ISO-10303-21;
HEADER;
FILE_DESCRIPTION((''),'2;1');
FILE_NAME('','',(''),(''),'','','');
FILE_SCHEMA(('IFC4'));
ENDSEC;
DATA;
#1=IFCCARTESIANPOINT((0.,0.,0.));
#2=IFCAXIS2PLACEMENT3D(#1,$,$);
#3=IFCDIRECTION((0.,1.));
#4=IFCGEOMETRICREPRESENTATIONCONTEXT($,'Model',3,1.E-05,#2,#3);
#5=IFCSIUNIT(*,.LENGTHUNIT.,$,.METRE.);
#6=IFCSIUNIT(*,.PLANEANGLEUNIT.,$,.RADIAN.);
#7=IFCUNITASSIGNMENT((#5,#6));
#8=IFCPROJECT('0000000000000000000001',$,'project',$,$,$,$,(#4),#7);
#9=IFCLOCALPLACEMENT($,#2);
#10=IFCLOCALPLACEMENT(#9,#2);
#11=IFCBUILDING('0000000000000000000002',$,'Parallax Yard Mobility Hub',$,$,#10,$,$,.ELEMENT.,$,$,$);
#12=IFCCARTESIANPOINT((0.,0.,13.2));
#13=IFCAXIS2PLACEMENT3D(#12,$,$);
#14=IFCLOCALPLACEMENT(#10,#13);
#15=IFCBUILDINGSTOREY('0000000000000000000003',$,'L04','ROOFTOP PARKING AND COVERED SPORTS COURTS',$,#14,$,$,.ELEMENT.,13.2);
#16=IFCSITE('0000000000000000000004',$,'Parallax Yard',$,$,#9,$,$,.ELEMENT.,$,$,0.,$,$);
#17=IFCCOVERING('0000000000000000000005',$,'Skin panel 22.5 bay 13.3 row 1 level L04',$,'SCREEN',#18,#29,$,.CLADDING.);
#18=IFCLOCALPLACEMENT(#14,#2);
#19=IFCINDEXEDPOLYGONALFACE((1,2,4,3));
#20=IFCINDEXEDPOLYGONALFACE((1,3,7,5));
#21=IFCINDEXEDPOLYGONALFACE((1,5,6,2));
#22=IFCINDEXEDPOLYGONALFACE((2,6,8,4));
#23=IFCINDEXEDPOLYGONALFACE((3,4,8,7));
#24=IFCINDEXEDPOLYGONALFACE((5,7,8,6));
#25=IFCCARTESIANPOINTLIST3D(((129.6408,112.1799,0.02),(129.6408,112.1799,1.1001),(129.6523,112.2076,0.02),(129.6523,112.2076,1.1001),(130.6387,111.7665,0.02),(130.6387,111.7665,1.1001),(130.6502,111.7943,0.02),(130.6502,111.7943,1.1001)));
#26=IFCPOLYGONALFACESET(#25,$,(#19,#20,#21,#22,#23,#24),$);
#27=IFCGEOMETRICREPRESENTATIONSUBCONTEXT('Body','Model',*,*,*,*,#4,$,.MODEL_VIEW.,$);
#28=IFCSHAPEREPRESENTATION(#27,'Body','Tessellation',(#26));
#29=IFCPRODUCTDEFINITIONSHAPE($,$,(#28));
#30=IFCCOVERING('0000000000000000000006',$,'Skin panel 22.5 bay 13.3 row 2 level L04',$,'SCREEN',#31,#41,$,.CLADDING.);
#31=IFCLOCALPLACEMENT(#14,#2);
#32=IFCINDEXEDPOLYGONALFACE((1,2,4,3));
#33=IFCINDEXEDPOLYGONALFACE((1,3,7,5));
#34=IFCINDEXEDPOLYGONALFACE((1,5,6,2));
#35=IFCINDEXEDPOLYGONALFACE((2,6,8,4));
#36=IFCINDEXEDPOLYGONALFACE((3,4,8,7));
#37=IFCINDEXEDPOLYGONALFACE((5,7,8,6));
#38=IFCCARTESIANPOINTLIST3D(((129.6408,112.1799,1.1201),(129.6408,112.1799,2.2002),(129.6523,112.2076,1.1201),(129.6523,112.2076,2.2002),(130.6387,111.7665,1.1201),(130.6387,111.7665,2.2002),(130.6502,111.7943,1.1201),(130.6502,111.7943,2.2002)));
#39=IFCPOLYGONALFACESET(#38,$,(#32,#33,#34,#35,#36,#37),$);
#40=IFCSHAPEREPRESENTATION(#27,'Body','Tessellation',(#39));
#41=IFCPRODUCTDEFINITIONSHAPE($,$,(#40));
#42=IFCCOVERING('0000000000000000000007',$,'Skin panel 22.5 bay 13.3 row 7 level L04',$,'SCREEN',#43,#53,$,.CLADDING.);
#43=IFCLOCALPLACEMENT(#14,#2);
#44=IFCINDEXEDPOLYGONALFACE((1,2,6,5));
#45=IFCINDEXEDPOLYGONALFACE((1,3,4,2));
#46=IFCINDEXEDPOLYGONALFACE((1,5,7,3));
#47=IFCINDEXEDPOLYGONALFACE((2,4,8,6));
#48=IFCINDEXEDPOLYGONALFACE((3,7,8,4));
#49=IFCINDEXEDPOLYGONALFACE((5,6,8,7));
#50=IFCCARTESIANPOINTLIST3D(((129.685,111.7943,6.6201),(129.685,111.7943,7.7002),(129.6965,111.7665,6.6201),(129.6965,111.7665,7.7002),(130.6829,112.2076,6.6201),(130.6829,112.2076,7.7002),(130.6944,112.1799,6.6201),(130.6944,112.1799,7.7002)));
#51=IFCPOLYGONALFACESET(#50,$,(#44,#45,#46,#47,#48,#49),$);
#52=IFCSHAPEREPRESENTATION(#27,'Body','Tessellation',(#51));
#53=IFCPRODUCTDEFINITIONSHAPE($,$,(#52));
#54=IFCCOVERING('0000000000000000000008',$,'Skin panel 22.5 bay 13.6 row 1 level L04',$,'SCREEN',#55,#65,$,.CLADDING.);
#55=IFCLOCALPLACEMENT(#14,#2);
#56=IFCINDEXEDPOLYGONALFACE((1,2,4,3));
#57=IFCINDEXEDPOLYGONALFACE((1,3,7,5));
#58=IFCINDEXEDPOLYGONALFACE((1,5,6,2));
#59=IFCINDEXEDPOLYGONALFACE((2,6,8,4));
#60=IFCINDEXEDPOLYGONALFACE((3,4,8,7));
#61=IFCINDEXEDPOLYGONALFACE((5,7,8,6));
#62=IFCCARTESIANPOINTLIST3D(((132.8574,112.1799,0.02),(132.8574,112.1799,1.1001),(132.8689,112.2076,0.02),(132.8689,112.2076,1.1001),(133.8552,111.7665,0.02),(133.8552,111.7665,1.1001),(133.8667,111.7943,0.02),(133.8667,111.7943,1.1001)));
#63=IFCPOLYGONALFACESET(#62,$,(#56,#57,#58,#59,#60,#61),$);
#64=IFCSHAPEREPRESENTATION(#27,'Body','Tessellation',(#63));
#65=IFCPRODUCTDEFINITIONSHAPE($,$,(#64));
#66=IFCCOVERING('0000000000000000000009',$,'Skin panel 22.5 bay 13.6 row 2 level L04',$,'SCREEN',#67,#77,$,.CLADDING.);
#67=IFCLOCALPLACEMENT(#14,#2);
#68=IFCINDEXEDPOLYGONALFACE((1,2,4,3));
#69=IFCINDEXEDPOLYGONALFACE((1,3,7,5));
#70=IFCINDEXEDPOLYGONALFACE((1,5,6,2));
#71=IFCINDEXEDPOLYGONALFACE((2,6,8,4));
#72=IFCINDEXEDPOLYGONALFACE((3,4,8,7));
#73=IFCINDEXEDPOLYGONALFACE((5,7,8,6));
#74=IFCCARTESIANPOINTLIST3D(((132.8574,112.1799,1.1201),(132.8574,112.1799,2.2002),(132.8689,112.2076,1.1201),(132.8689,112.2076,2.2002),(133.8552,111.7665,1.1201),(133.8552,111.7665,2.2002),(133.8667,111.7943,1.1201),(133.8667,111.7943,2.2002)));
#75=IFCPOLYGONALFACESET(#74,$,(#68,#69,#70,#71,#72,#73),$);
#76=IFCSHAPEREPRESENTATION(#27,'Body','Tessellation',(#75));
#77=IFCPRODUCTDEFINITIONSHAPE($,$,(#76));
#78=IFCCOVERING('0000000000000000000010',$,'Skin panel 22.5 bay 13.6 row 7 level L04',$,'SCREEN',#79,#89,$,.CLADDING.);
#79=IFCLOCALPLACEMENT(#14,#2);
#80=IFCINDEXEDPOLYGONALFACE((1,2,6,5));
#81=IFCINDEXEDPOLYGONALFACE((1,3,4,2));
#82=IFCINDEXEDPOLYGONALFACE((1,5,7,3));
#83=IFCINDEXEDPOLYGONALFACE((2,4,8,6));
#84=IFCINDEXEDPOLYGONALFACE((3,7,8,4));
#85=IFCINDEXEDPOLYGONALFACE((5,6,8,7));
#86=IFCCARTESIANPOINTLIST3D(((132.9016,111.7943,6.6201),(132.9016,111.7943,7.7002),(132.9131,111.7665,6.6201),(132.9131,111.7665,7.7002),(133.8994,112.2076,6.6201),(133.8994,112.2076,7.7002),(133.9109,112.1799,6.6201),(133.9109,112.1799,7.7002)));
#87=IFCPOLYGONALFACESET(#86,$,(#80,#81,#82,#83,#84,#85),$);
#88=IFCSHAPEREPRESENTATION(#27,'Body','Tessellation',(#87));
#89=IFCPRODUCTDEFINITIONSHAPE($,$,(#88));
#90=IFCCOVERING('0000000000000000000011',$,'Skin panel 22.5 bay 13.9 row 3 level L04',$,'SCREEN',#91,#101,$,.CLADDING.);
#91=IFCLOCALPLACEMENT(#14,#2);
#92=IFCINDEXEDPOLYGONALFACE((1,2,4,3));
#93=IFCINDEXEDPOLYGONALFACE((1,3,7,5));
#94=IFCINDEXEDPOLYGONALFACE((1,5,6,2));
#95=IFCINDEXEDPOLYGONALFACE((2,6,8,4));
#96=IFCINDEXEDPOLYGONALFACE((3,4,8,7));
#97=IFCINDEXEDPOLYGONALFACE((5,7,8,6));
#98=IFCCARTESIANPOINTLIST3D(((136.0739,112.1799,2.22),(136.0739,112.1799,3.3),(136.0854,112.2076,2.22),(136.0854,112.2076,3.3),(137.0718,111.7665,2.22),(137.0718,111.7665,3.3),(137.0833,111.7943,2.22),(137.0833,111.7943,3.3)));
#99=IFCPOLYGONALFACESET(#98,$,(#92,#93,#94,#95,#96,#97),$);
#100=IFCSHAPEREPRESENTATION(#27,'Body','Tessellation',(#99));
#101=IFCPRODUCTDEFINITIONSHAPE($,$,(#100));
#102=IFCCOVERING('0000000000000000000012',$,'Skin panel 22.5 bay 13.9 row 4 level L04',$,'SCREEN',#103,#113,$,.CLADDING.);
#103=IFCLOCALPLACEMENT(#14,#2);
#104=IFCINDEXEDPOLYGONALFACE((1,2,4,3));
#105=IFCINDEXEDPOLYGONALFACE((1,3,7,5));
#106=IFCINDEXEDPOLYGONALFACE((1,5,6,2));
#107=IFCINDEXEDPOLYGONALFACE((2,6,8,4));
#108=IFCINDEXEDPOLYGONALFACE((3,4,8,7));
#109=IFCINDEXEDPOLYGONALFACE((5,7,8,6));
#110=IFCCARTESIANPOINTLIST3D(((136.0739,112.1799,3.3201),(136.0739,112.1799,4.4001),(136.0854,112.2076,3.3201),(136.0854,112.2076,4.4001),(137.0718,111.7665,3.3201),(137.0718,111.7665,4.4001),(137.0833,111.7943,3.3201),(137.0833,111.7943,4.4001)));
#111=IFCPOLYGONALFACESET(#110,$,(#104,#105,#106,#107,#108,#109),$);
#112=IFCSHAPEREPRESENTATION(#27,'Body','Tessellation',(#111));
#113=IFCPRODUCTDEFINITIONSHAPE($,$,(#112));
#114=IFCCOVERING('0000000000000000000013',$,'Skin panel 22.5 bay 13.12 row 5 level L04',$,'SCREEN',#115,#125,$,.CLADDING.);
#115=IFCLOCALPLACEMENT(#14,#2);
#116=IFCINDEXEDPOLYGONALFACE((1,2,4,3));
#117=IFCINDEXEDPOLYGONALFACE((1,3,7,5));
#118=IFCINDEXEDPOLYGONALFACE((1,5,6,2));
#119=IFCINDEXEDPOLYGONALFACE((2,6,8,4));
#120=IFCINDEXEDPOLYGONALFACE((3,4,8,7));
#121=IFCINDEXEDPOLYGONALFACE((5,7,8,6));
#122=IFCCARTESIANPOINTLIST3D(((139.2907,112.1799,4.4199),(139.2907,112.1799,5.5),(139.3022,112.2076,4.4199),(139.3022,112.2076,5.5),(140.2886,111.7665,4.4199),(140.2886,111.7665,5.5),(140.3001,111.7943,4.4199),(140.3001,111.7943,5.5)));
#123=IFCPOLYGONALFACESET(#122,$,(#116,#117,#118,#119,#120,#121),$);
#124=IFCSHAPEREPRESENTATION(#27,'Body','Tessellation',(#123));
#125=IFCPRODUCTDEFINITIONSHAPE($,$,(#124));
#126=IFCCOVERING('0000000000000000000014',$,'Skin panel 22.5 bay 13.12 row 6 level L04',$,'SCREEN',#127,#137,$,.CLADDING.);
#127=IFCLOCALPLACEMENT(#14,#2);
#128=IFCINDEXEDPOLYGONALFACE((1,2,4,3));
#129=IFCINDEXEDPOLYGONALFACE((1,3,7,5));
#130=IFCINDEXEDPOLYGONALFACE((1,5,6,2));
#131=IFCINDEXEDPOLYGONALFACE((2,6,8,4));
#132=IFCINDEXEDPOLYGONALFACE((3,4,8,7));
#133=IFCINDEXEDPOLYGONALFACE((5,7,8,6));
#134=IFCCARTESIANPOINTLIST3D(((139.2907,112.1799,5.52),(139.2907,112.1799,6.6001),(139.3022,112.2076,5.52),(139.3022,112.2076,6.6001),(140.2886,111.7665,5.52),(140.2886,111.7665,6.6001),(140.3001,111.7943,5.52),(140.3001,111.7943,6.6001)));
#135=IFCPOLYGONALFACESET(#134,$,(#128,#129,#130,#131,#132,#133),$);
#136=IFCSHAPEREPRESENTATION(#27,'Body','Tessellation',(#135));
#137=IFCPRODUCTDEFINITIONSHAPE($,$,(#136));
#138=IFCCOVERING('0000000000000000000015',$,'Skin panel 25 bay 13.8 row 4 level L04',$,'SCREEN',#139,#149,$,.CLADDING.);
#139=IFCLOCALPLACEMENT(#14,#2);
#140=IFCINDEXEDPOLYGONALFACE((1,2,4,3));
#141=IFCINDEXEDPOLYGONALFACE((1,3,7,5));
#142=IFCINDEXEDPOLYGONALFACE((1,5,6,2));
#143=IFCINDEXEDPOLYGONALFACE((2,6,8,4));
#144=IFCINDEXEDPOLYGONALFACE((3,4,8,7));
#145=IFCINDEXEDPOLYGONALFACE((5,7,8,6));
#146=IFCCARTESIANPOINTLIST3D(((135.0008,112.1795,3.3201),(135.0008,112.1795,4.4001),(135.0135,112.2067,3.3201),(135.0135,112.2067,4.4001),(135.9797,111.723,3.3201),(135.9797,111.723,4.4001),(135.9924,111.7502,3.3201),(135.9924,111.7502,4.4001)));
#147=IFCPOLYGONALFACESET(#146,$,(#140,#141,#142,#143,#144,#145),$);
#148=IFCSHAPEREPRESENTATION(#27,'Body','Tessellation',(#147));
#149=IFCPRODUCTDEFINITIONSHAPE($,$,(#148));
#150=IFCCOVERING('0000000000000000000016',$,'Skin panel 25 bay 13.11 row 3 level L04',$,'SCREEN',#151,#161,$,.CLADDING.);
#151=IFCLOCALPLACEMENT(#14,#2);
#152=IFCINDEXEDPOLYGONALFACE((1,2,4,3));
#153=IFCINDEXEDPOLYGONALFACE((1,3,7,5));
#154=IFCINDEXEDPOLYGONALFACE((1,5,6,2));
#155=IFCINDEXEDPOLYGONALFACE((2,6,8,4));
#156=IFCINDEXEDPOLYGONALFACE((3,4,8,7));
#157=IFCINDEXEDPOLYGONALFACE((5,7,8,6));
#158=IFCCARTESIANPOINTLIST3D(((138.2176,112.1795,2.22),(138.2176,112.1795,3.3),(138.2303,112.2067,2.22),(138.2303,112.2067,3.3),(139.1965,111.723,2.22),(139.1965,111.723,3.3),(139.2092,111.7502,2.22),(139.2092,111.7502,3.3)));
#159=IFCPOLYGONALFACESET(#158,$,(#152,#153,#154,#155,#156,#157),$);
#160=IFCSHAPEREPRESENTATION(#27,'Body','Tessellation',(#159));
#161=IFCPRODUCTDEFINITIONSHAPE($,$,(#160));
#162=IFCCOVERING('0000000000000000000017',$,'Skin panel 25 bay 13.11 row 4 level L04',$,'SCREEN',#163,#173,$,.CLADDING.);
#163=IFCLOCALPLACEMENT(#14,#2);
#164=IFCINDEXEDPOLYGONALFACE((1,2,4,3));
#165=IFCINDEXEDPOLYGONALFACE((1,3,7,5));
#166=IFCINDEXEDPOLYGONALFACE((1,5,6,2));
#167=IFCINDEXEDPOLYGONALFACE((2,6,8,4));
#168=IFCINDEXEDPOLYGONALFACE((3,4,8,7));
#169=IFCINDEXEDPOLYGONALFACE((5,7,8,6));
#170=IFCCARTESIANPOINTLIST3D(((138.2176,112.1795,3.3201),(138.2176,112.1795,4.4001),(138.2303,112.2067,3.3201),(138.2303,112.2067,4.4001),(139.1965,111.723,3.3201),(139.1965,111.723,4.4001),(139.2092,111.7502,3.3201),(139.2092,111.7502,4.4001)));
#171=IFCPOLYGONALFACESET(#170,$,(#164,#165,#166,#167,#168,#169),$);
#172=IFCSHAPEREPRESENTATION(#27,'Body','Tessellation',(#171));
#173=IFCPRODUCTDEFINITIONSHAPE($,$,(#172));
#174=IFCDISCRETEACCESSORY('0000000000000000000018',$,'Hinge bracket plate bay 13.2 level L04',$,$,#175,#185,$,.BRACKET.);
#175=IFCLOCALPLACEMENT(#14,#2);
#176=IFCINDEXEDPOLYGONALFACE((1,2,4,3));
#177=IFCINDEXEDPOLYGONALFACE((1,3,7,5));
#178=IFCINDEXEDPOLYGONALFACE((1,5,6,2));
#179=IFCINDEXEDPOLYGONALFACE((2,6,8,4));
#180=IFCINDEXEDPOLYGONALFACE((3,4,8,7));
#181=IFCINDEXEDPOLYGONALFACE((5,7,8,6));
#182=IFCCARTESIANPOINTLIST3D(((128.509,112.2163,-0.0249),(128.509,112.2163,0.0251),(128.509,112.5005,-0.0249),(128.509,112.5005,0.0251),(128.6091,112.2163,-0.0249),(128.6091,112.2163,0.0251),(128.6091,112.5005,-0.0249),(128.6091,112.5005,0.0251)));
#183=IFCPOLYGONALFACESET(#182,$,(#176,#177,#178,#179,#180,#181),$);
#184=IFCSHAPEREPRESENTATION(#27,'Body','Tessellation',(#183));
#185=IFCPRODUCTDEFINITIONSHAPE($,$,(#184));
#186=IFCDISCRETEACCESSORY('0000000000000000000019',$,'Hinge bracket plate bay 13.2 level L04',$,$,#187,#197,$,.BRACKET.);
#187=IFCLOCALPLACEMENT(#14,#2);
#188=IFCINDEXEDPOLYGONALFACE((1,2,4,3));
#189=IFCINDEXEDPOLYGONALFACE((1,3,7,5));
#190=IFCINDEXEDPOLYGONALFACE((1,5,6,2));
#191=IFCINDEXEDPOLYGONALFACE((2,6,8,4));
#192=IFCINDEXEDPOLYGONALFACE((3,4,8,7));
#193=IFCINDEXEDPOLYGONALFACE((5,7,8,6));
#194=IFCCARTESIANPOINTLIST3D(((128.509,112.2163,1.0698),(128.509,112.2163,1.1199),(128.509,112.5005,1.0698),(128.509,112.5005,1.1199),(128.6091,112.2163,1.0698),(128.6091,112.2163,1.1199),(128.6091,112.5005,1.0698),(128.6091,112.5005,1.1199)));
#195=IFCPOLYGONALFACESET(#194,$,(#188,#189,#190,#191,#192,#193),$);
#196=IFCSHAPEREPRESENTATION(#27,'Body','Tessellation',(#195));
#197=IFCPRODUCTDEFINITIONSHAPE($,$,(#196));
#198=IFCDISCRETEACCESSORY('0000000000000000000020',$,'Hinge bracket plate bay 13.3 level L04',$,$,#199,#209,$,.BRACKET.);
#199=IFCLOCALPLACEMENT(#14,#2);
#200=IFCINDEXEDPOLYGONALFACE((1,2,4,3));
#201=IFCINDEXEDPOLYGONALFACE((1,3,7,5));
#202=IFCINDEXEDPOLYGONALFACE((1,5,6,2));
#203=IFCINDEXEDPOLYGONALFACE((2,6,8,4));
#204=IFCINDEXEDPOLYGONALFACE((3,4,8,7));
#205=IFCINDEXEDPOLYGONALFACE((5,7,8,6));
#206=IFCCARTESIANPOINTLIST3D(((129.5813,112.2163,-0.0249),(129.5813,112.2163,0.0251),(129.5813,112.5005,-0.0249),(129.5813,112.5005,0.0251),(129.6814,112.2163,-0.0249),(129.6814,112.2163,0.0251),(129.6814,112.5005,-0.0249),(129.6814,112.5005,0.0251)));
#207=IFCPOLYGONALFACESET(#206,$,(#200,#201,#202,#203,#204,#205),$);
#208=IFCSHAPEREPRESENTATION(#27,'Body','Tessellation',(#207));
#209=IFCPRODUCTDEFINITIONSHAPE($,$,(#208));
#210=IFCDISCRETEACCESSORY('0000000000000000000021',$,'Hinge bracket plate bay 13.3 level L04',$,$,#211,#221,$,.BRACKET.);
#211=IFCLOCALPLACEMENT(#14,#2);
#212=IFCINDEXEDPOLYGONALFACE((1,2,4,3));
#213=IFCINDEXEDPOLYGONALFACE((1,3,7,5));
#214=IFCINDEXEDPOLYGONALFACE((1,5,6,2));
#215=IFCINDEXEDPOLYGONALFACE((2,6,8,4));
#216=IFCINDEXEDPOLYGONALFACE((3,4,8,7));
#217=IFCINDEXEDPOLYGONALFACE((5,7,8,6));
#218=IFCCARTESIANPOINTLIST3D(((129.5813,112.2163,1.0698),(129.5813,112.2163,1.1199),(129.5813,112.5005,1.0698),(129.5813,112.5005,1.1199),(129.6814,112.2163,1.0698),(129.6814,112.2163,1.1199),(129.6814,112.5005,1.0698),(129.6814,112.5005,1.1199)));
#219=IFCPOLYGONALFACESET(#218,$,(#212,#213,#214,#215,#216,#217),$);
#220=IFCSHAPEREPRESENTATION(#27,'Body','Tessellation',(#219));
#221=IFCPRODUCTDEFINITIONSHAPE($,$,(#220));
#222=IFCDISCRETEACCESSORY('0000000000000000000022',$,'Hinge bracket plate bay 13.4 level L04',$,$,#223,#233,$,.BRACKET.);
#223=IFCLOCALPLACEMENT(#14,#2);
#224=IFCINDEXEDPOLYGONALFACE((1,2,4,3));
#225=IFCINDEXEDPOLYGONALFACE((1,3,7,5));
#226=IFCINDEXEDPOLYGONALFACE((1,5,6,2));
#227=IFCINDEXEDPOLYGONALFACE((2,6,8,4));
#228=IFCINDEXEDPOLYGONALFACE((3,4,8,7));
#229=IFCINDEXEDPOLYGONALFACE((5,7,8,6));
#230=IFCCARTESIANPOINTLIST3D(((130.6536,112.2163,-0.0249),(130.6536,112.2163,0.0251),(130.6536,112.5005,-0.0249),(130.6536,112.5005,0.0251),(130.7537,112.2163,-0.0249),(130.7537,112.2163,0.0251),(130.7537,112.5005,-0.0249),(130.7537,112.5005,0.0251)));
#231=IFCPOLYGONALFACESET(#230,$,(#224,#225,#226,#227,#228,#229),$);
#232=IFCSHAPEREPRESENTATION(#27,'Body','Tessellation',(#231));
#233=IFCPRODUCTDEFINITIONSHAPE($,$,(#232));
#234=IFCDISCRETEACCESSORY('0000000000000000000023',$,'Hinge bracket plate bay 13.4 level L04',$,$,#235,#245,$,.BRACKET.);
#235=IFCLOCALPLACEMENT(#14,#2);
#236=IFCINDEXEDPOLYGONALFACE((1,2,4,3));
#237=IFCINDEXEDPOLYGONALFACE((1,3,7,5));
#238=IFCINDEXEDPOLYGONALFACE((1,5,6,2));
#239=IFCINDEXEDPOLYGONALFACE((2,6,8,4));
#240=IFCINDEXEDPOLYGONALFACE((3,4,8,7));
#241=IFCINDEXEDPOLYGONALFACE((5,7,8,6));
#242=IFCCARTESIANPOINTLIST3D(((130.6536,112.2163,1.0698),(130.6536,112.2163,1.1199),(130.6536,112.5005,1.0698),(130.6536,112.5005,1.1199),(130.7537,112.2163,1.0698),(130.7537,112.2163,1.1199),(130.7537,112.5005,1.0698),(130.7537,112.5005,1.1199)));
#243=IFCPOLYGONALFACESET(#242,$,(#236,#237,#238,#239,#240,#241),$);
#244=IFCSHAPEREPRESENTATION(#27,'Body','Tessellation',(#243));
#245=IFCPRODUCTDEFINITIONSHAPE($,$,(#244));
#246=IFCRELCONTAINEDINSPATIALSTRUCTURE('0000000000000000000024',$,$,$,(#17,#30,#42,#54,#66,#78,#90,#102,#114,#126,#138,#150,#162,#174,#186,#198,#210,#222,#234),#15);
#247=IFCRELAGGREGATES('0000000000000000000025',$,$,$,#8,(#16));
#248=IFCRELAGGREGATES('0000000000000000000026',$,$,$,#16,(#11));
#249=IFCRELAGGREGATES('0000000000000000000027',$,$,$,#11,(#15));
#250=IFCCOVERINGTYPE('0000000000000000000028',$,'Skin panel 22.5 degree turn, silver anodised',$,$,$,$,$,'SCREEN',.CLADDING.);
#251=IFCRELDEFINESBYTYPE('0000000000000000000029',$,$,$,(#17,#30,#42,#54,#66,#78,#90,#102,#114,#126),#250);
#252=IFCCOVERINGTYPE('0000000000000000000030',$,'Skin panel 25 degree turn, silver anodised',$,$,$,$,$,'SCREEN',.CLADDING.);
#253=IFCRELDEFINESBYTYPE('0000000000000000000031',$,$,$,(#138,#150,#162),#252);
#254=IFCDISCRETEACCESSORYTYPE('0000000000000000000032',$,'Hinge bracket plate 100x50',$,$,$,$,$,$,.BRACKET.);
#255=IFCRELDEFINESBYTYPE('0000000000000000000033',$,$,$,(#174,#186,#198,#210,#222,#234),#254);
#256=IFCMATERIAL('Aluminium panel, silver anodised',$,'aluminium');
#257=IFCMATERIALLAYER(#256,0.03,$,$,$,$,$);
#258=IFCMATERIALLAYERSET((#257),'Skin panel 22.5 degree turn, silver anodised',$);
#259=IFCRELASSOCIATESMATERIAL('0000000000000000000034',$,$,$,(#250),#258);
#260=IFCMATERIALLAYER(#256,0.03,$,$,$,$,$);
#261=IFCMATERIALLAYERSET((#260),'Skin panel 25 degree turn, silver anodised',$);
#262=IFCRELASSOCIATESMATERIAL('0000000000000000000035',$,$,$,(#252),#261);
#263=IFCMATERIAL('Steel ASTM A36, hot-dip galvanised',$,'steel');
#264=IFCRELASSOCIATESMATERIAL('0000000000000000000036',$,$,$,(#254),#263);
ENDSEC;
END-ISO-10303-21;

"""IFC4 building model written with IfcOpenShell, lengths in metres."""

from ifc_helpers import new_model, si_unit, direction, frame, origin, origin_2d, place, context, subcontext, project, spatial, rectangle, extrude, material, layer, layer_set, type_object, element, save


model = new_model("IFC4")

# Units and contexts
model_context = context("Model", 3, precision=1e-05, world=origin(), true_north=direction((0.0, 1.0)))
body_context = subcontext(model_context, "Body", "Model", "MODEL_VIEW")
ifc_project = project(units=[si_unit("LENGTHUNIT", "METRE"), si_unit("PLANEANGLEUNIT", "RADIAN")], contexts=[model_context])

# Site, building, storey
site_placement = place(None, origin())
site = spatial("IfcSite", under=ifc_project, at=site_placement, Name="Parallax Yard", CompositionType="ELEMENT", RefElevation=0.0)
building_placement = place(site_placement, origin())
building = spatial("IfcBuilding", under=site, at=building_placement, Name="Parallax Yard Mobility Hub", CompositionType="ELEMENT")
storey_placement = place(building_placement, frame((0.0, 0.0, 13.2)))
storey = spatial("IfcBuildingStorey", under=building, at=storey_placement, Name="L04", Description="ROOFTOP PARKING AND COVERED SPORTS COURTS", CompositionType="ELEMENT", Elevation=13.2)

# Coverings
ifc_material_1 = material(Name="Aluminium panel, silver anodised", Category="aluminium")
ifc_layer_1 = layer(ifc_material_1, 0.03)
ifc_layer_set_1 = layer_set([ifc_layer_1], Name="Skin panel 22.5 degree turn, silver anodised")
covering_type_1 = type_object("IfcCoveringType", Name="Skin panel 22.5 degree turn, silver anodised", ElementType="SCREEN", PredefinedType="CLADDING", material=ifc_layer_set_1)
for number, where, z_axis, x_axis, name in (
    (1, (130.1455, 111.9871, 0.02), (0.0, 0.0, 1.0), (0.92388, -0.382683, 0.0), "Skin panel 22.5 bay 13.3 row 1 level L04"),
    (2, (130.1455, 111.9871, 1.1201), (0.0, 0.0, 1.0), (0.92388, -0.382683, 0.0), "Skin panel 22.5 bay 13.3 row 2 level L04"),
    (3, (130.1897, 111.9871, 6.6201), (0.0, 0.0, 1.0), (-0.92388, -0.382683, 0.0), "Skin panel 22.5 bay 13.3 row 7 level L04"),
    (4, (133.3621, 111.9871, 0.02), (0.0, 0.0, 1.0), (0.92388, -0.382683, 0.0), "Skin panel 22.5 bay 13.6 row 1 level L04"),
    (5, (133.3621, 111.9871, 1.1201), (0.0, 0.0, 1.0), (0.92388, -0.382683, 0.0), "Skin panel 22.5 bay 13.6 row 2 level L04"),
    (6, (133.4062, 111.9871, 6.6201), (0.0, 0.0, 1.0), (-0.92388, -0.382683, 0.0), "Skin panel 22.5 bay 13.6 row 7 level L04"),
    (7, (136.5786, 111.9871, 2.22), (0.0, 0.0, 1.0), (0.92388, -0.382683, 0.0), "Skin panel 22.5 bay 13.9 row 3 level L04"),
    (8, (136.5786, 111.9871, 3.3201), (0.0, 0.0, 1.0), (0.92388, -0.382683, 0.0), "Skin panel 22.5 bay 13.9 row 4 level L04"),
    (9, (139.7954, 111.9871, 4.4199), (0.0, 0.0, 1.0), (0.92388, -0.382683, 0.0), "Skin panel 22.5 bay 13.12 row 5 level L04"),
    (10, (139.7954, 111.9871, 5.52), (0.0, 0.0, 1.0), (0.92388, -0.382683, 0.0), "Skin panel 22.5 bay 13.12 row 6 level L04"),
):
    element("IfcCovering", number, at=place(storey_placement, frame(where, z_axis=z_axis, x_axis=x_axis)), inside=storey, type_object=covering_type_1, Name=name, ObjectType="SCREEN", PredefinedType="CLADDING", context=body_context, shape_type="SweptSolid", body=[
        extrude(rectangle(XDim=1.0801, YDim=0.03, at=origin_2d()), origin(), (0.0, 0.0, 1.0), 1.0801),
    ])
ifc_layer_2 = layer(ifc_material_1, 0.03)
ifc_layer_set_2 = layer_set([ifc_layer_2], Name="Skin panel 25 degree turn, silver anodised")
covering_type_2 = type_object("IfcCoveringType", Name="Skin panel 25 degree turn, silver anodised", ElementType="SCREEN", PredefinedType="CLADDING", material=ifc_layer_set_2)
for number, where, z_axis, x_axis, name in (
    (11, (135.4966, 111.9648, 3.3201), (0.0, 0.0, 1.0), (0.906308, -0.422618, 0.0), "Skin panel 25 bay 13.8 row 4 level L04"),
    (12, (138.7134, 111.9648, 2.22), (0.0, 0.0, 1.0), (0.906308, -0.422618, 0.0), "Skin panel 25 bay 13.11 row 3 level L04"),
    (13, (138.7134, 111.9648, 3.3201), (0.0, 0.0, 1.0), (0.906308, -0.422618, 0.0), "Skin panel 25 bay 13.11 row 4 level L04"),
):
    element("IfcCovering", number, at=place(storey_placement, frame(where, z_axis=z_axis, x_axis=x_axis)), inside=storey, type_object=covering_type_2, Name=name, ObjectType="SCREEN", PredefinedType="CLADDING", context=body_context, shape_type="SweptSolid", body=[
        extrude(rectangle(XDim=1.0801, YDim=0.03, at=origin_2d()), origin(), (0.0, 0.0, 1.0), 1.0801),
    ])

# Discrete accessories
ifc_material_2 = material(Name="Steel ASTM A36, hot-dip galvanised", Category="steel")
discrete_accessory_type_1 = type_object("IfcDiscreteAccessoryType", Name="Hinge bracket plate 100x50", PredefinedType="BRACKET", material=ifc_material_2)
for number, where, z_axis, x_axis, name in (
    (14, (128.5591, 112.3584, -0.0249), (0.0, 0.0, 1.0), (0.0, -1.0, 0.0), "Hinge bracket plate bay 13.2 level L04"),
    (15, (128.5591, 112.3584, 1.0698), (0.0, 0.0, 1.0), (0.0, -1.0, 0.0), "Hinge bracket plate bay 13.2 level L04"),
    (16, (129.6313, 112.3584, -0.0249), (0.0, 0.0, 1.0), (0.0, -1.0, 0.0), "Hinge bracket plate bay 13.3 level L04"),
    (17, (129.6313, 112.3584, 1.0698), (0.0, 0.0, 1.0), (0.0, -1.0, 0.0), "Hinge bracket plate bay 13.3 level L04"),
    (18, (130.7036, 112.3584, -0.0249), (0.0, 0.0, 1.0), (0.0, -1.0, 0.0), "Hinge bracket plate bay 13.4 level L04"),
    (19, (130.7036, 112.3584, 1.0698), (0.0, 0.0, 1.0), (0.0, -1.0, 0.0), "Hinge bracket plate bay 13.4 level L04"),
):
    element("IfcDiscreteAccessory", number, at=place(storey_placement, frame(where, z_axis=z_axis, x_axis=x_axis)), inside=storey, type_object=discrete_accessory_type_1, Name=name, PredefinedType="BRACKET", context=body_context, shape_type="SweptSolid", body=[
        extrude(rectangle(XDim=0.2842, YDim=0.1001, at=origin_2d()), origin(), (0.0, 0.0, 1.0), 0.05),
    ])

save(model, "model.ifc")
